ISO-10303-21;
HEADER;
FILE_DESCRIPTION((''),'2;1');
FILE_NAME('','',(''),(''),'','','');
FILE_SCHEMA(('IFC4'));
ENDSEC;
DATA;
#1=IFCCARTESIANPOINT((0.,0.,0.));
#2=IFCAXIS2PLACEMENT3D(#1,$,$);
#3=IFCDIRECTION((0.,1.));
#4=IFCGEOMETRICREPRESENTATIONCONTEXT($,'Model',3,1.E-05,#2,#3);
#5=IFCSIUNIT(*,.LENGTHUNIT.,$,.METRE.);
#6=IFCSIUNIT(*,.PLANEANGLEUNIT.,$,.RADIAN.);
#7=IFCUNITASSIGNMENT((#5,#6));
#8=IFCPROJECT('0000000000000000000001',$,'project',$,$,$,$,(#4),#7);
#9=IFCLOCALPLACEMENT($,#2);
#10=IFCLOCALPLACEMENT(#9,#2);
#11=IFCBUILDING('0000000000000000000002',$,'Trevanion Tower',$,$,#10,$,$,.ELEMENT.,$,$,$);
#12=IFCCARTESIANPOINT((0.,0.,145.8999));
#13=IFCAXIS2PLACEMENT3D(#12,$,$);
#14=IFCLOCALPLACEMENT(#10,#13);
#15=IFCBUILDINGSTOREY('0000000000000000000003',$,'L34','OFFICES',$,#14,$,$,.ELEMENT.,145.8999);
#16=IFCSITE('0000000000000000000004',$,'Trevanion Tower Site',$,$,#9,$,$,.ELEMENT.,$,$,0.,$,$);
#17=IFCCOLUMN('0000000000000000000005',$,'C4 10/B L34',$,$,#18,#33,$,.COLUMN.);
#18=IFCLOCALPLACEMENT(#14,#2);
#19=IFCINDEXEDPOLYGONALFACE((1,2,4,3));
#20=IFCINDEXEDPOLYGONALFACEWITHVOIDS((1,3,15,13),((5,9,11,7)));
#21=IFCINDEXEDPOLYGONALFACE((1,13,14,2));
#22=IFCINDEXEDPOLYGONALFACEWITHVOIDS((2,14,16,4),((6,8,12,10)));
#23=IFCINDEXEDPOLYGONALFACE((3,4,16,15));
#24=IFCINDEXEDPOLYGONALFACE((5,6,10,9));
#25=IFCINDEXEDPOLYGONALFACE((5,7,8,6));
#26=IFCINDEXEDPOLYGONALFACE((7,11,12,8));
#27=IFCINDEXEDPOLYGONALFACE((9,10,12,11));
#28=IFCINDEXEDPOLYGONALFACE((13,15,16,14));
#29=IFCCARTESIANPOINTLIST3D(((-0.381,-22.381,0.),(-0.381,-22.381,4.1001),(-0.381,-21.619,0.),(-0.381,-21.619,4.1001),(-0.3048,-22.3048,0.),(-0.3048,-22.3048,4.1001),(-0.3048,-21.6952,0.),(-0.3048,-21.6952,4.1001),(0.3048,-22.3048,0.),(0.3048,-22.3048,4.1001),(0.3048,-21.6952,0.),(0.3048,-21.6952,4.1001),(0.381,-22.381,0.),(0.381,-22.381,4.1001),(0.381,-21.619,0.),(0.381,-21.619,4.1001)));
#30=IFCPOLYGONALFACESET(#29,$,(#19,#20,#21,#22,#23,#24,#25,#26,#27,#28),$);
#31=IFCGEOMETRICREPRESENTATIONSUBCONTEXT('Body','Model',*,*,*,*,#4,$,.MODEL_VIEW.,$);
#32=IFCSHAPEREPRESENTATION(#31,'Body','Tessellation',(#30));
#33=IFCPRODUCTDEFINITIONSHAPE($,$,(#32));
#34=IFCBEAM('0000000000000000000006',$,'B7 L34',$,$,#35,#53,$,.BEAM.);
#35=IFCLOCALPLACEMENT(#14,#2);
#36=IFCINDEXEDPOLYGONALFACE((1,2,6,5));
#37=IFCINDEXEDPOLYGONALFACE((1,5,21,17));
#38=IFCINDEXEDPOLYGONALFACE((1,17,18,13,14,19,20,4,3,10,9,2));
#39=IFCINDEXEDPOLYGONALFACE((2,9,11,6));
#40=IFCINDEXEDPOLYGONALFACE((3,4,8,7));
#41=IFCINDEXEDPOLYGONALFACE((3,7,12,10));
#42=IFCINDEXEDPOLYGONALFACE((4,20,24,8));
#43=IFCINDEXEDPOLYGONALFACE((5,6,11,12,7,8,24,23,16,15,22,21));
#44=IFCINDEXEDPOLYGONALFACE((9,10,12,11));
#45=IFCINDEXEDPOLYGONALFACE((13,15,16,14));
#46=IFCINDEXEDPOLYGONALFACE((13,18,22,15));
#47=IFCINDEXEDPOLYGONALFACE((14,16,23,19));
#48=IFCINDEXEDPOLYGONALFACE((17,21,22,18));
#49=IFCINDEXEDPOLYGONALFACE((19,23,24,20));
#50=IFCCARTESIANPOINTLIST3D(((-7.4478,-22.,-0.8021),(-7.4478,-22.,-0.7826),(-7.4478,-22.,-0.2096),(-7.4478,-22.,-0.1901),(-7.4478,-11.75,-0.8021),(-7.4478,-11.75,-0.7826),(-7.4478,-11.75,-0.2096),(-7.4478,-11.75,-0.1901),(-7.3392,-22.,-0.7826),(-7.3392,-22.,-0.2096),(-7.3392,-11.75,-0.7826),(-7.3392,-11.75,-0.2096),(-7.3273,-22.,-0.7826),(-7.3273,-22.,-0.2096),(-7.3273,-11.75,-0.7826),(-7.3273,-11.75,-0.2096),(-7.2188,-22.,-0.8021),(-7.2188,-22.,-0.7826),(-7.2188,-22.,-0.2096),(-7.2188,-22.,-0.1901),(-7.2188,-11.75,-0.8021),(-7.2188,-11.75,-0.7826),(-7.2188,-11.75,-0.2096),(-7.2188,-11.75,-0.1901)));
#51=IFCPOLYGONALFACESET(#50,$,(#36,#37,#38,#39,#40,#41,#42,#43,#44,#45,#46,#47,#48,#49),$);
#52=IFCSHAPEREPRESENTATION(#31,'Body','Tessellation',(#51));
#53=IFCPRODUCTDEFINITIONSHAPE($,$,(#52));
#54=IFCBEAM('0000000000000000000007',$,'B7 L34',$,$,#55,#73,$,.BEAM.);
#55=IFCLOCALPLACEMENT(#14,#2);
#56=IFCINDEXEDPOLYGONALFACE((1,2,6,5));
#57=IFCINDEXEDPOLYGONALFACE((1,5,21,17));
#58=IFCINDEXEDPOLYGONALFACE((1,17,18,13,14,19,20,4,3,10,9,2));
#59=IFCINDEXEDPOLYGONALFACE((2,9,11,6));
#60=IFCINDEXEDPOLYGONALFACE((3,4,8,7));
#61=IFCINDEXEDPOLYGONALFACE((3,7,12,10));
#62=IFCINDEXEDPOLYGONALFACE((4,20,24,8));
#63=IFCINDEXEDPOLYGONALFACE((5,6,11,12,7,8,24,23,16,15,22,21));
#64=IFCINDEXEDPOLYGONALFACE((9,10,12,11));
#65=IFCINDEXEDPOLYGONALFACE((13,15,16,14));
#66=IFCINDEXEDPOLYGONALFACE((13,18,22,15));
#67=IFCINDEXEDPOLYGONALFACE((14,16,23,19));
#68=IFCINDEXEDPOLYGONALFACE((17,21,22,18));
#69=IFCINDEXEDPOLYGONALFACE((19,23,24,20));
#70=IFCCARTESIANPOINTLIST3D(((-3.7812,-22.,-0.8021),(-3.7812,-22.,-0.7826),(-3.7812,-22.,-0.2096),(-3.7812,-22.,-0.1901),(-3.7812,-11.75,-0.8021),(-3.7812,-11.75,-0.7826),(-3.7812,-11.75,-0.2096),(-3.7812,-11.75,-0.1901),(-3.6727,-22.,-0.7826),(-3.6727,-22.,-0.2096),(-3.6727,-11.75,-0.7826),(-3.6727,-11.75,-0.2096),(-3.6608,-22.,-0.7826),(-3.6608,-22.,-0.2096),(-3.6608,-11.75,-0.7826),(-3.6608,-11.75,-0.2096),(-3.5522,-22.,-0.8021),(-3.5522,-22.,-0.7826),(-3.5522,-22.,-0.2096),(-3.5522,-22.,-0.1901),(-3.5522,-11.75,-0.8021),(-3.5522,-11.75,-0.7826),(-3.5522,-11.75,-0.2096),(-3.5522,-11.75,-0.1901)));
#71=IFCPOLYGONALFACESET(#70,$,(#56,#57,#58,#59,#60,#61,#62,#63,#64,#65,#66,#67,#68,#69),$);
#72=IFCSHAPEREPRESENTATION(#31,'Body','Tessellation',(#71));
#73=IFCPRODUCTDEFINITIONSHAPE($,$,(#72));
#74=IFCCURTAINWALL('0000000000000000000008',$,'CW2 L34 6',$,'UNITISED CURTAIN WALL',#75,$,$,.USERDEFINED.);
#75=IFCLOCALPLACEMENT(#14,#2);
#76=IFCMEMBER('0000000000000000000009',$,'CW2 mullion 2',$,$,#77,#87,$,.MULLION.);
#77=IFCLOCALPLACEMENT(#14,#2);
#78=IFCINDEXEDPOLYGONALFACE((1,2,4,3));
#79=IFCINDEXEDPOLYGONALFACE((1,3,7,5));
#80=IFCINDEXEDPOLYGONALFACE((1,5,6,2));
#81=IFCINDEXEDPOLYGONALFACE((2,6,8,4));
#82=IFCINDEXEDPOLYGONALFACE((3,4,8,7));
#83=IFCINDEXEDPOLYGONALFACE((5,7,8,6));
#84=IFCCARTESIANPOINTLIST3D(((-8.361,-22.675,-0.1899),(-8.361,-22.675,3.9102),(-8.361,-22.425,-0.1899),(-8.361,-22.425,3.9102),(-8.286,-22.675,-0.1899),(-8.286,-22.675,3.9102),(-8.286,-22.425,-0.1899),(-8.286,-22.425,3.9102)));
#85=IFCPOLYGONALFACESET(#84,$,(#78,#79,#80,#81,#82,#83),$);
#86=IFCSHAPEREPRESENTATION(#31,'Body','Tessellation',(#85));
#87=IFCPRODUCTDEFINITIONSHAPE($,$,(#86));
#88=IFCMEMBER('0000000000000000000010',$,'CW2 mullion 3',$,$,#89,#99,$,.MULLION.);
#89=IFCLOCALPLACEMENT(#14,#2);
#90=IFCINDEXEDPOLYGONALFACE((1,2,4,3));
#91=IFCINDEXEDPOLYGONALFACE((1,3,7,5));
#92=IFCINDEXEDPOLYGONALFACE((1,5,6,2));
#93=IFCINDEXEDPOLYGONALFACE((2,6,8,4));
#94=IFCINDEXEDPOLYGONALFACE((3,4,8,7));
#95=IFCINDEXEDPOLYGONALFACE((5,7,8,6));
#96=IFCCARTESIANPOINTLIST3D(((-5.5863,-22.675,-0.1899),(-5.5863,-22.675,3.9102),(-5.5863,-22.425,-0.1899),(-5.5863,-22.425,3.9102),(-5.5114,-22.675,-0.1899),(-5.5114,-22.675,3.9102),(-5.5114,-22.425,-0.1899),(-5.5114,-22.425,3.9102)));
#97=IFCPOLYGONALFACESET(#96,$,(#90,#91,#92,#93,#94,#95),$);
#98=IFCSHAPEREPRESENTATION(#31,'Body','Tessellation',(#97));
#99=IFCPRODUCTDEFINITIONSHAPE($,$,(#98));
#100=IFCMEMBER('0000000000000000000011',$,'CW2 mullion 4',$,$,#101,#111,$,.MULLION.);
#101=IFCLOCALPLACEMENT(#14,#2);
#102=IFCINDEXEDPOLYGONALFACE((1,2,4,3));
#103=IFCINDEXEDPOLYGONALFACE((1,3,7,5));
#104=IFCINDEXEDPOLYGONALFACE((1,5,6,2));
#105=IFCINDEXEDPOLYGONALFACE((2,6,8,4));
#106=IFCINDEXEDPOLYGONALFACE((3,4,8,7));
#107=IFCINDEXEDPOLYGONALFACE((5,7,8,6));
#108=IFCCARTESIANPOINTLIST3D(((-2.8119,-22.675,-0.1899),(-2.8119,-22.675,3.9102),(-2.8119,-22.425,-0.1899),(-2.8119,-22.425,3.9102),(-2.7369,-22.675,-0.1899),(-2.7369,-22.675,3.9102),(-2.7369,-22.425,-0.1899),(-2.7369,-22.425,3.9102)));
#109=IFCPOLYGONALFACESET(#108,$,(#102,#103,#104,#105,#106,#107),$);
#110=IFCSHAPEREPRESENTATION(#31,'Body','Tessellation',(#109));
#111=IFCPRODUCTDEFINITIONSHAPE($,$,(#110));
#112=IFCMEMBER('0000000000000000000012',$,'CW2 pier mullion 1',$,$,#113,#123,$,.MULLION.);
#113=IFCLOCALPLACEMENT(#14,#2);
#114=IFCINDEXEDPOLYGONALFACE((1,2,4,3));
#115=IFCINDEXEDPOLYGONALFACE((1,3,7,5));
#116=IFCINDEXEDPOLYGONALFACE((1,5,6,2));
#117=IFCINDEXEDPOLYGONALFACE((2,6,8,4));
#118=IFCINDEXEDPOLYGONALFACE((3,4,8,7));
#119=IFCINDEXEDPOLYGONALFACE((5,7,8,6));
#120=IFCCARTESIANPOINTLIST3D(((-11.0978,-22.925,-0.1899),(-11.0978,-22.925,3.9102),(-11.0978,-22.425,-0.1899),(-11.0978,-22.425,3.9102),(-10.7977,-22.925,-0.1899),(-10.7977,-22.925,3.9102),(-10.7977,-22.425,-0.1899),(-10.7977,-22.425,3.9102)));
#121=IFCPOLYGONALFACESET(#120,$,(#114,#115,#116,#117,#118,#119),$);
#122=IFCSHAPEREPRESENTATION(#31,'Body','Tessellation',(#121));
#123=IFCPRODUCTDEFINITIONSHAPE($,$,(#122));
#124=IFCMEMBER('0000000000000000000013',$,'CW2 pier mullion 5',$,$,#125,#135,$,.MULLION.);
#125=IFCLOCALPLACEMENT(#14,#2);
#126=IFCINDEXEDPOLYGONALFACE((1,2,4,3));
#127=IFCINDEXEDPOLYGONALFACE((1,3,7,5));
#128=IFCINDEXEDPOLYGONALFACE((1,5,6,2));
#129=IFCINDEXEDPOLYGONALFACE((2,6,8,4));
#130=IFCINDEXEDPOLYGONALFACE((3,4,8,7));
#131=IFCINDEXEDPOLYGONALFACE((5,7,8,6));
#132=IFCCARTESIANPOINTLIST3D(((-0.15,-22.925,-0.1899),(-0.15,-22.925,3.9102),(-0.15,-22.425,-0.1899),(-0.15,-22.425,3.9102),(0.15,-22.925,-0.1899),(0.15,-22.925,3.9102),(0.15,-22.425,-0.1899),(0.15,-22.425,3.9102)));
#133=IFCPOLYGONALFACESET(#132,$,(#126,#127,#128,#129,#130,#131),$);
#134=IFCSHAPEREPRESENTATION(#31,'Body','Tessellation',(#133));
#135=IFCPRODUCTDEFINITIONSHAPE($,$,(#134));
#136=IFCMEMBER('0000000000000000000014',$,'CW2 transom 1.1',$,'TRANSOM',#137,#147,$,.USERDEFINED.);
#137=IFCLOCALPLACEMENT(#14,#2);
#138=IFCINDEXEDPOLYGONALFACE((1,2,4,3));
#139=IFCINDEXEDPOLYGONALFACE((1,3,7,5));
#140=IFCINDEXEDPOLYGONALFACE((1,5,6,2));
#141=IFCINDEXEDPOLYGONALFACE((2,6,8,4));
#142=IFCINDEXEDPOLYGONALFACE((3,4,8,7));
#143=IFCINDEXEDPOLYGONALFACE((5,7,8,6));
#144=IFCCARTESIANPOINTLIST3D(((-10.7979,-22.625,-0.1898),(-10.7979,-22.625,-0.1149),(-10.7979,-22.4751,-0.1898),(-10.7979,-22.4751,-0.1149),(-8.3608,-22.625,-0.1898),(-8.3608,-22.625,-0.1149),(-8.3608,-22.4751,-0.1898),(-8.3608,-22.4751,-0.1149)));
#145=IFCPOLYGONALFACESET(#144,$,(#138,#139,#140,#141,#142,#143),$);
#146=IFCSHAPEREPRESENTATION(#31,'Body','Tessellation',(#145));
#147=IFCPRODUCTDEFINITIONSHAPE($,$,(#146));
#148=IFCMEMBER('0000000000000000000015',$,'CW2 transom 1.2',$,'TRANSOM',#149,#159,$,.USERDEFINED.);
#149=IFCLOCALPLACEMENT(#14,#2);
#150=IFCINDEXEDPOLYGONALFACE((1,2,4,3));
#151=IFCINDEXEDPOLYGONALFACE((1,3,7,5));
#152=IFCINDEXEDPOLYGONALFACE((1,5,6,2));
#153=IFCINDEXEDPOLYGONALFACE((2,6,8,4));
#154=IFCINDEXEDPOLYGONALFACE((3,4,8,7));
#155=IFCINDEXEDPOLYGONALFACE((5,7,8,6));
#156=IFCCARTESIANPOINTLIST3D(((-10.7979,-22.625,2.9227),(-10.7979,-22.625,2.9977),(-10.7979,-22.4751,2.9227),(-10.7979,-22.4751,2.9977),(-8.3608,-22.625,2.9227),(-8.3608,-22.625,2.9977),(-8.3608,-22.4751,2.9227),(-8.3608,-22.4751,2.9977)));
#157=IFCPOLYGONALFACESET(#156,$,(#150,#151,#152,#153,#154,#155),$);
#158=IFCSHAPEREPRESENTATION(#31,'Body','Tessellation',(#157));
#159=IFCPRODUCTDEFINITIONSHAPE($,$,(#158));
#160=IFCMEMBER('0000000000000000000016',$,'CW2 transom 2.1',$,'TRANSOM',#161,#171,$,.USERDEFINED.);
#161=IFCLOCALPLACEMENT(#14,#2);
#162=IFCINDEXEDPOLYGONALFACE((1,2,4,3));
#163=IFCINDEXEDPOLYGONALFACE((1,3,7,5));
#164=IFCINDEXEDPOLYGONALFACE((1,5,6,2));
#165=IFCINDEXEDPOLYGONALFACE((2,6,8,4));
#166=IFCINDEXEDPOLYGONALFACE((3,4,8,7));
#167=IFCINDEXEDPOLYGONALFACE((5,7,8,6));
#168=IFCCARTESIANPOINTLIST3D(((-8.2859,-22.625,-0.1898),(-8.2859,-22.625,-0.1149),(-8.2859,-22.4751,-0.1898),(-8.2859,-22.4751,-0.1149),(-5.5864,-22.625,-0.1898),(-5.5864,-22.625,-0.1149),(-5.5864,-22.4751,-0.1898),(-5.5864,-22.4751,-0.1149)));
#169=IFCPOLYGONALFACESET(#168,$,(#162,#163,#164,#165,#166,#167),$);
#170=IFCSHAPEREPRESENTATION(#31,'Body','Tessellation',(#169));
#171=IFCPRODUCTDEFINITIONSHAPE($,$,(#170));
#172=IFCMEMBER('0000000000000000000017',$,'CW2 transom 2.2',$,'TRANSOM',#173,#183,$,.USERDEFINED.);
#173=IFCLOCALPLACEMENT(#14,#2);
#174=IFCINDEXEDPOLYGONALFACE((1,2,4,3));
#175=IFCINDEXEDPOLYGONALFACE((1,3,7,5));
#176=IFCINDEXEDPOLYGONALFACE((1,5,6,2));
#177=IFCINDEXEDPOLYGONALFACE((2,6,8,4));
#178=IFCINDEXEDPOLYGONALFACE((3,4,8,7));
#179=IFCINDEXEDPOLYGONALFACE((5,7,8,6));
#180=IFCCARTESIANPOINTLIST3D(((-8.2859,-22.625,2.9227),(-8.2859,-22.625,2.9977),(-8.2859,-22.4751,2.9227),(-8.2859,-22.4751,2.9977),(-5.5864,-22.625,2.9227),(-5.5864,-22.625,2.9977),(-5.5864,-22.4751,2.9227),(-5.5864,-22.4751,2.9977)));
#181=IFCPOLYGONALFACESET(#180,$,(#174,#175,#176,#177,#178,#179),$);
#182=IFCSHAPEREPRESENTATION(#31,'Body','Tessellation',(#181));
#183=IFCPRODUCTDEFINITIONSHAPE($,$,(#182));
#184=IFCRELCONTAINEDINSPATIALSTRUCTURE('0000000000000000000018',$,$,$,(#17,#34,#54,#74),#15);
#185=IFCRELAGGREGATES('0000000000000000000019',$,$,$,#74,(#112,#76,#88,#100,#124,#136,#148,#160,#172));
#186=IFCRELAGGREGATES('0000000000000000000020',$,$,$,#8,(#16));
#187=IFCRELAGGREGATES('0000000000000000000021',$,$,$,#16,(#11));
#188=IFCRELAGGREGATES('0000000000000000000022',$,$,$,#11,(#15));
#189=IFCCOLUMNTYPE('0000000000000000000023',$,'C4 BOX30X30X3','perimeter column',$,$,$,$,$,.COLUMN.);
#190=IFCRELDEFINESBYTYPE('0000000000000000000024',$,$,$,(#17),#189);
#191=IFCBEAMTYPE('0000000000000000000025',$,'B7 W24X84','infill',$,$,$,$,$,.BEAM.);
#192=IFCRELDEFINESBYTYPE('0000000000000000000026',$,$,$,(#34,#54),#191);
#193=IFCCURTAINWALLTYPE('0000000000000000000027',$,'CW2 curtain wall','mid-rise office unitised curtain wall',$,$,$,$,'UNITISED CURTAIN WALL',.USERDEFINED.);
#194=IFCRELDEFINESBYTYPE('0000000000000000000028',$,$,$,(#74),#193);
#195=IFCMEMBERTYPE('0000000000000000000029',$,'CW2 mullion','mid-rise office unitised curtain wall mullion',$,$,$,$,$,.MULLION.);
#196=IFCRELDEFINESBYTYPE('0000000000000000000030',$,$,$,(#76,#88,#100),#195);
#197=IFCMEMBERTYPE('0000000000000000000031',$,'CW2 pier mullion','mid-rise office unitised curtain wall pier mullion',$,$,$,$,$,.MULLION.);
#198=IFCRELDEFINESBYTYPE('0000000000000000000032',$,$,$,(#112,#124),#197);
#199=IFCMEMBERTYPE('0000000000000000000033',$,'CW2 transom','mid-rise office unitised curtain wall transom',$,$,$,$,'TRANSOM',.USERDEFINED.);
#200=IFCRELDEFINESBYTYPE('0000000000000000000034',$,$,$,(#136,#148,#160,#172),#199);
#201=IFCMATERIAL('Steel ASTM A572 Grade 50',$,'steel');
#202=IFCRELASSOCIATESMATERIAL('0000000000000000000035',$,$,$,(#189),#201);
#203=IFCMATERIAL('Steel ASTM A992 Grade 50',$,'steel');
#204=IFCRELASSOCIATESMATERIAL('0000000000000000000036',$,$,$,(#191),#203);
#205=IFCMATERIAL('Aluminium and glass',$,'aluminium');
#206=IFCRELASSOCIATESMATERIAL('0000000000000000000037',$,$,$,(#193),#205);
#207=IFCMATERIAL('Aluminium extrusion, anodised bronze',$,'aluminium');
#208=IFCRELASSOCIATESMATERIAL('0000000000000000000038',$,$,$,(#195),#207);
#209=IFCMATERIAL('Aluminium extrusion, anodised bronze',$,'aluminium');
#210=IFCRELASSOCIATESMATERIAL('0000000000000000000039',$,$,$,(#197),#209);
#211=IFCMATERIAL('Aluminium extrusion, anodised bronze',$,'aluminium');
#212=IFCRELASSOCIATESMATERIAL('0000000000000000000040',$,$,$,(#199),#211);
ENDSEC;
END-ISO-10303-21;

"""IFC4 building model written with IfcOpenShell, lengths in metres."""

from ifc_helpers import new_model, si_unit, direction, frame, origin, origin_2d, place, context, subcontext, project, spatial, rectangle, hollow_rectangle, i_section, extrude, material, material_profile, profile_set, type_object, element, aggregate, save


model = new_model("IFC4")

# Units and contexts
model_context = context("Model", 3, precision=1e-05, world=origin(), true_north=direction((0.0, 1.0)))
body_context = subcontext(model_context, "Body", "Model", "MODEL_VIEW")
ifc_project = project(units=[si_unit("LENGTHUNIT", "METRE"), si_unit("PLANEANGLEUNIT", "RADIAN")], contexts=[model_context])

# Site, building, storey
site_placement = place(None, origin())
site = spatial("IfcSite", under=ifc_project, at=site_placement, Name="Trevanion Tower Site", CompositionType="ELEMENT", RefElevation=0.0)
building_placement = place(site_placement, origin())
building = spatial("IfcBuilding", under=site, at=building_placement, Name="Trevanion Tower", CompositionType="ELEMENT")
storey_placement = place(building_placement, frame((0.0, 0.0, 145.8999)))
storey = spatial("IfcBuildingStorey", under=building, at=storey_placement, Name="L34", Description="OFFICES", CompositionType="ELEMENT", Elevation=145.8999)

# Column
ifc_material_1 = material(Name="Steel ASTM A572 Grade 50", Category="steel")
ifc_material_profile_1 = material_profile(ifc_material_1, hollow_rectangle(XDim=0.762, YDim=0.762, WallThickness=0.0762, at=origin_2d()), Name="BOX30X30X3")
ifc_profile_set_1 = profile_set([ifc_material_profile_1], Name="Steel ASTM A572 Grade 50")
column_type = type_object("IfcColumnType", Name="C4 BOX30X30X3", Description="perimeter column", PredefinedType="COLUMN", material=ifc_profile_set_1)
column_placement = place(storey_placement, frame((0.0, -22.0, 0.0), z_axis=(0.0, 0.0, 1.0), x_axis=(1.0, 0.0, 0.0)))
element("IfcColumn", 1, at=column_placement, inside=storey, type_object=column_type, Name="C4 10/B L34", PredefinedType="COLUMN", context=body_context, shape_type="SweptSolid", body=[
    extrude(hollow_rectangle(XDim=0.762, YDim=0.762, WallThickness=0.0762, at=origin_2d()), origin(), (0.0, 0.0, 1.0), 4.1001),
])

# Beams
ifc_material_2 = material(Name="Steel ASTM A992 Grade 50", Category="steel")
ifc_material_profile_2 = material_profile(ifc_material_2, i_section(OverallWidth=0.229, OverallDepth=0.6121, WebThickness=0.012, FlangeThickness=0.0195, at=origin_2d()), Name="W24X84")
ifc_profile_set_2 = profile_set([ifc_material_profile_2], Name="Steel ASTM A992 Grade 50")
beam_type_1 = type_object("IfcBeamType", Name="B7 W24X84", Description="infill", PredefinedType="BEAM", material=ifc_profile_set_2)
for number, where, z_axis, x_axis, name in (
    (2, (-7.3333, -11.75, -0.4961), (0.0, -1.0, 0.0), (1.0, 0.0, 0.0), "B7 L34"),
    (3, (-3.6667, -11.75, -0.4961), (0.0, -1.0, 0.0), (1.0, 0.0, 0.0), "B7 L34"),
):
    element("IfcBeam", number, at=place(storey_placement, frame(where, z_axis=z_axis, x_axis=x_axis)), inside=storey, type_object=beam_type_1, Name=name, PredefinedType="BEAM", context=body_context, shape_type="SweptSolid", body=[
        extrude(i_section(OverallWidth=0.229, OverallDepth=0.6121, WebThickness=0.012, FlangeThickness=0.0195, at=origin_2d()), origin(), (0.0, 0.0, 1.0), 10.25),
    ])

# Curtain wall, members
ifc_material_3 = material(Name="Aluminium and glass", Category="aluminium")
curtain_wall_type = type_object("IfcCurtainWallType", Name="CW2 curtain wall", Description="mid-rise office unitised curtain wall", ElementType="UNITISED CURTAIN WALL", PredefinedType="USERDEFINED", material=ifc_material_3)
curtain_wall_placement = place(storey_placement, origin())
curtain_wall = element("IfcCurtainWall", 4, at=curtain_wall_placement, inside=storey, type_object=curtain_wall_type, Name="CW2 L34 6", ObjectType="UNITISED CURTAIN WALL", PredefinedType="USERDEFINED")
ifc_material_4 = material(Name="Aluminium extrusion, anodised bronze", Category="aluminium")
ifc_material_profile_3 = material_profile(ifc_material_4, rectangle(XDim=0.075, YDim=0.25, at=origin_2d()), Name="CW2 mullion")
ifc_profile_set_3 = profile_set([ifc_material_profile_3], Name="Aluminium extrusion, anodised bronze")
member_type_1 = type_object("IfcMemberType", Name="CW2 mullion", Description="mid-rise office unitised curtain wall mullion", PredefinedType="MULLION", material=ifc_profile_set_3)
member_1_placement = place(storey_placement, frame((-8.3235, -22.55, -0.1899), z_axis=(0.0, 0.0, 1.0), x_axis=(1.0, 0.0, 0.0)))
member_1 = element("IfcMember", 5, at=member_1_placement, type_object=member_type_1, Name="CW2 mullion 2", PredefinedType="MULLION", context=body_context, shape_type="SweptSolid", body=[
    extrude(rectangle(XDim=0.075, YDim=0.25, at=origin_2d()), origin(), (0.0, 0.0, 1.0), 4.1001),
])
member_2_placement = place(storey_placement, frame((-5.5488, -22.55, -0.1899), z_axis=(0.0, 0.0, 1.0), x_axis=(1.0, 0.0, 0.0)))
member_2 = element("IfcMember", 6, at=member_2_placement, type_object=member_type_1, Name="CW2 mullion 3", PredefinedType="MULLION", context=body_context, shape_type="SweptSolid", body=[
    extrude(rectangle(XDim=0.075, YDim=0.25, at=origin_2d()), origin(), (0.0, 0.0, 1.0), 4.1001),
])
member_3_placement = place(storey_placement, frame((-2.7744, -22.55, -0.1899), z_axis=(0.0, 0.0, 1.0), x_axis=(1.0, 0.0, 0.0)))
member_3 = element("IfcMember", 7, at=member_3_placement, type_object=member_type_1, Name="CW2 mullion 4", PredefinedType="MULLION", context=body_context, shape_type="SweptSolid", body=[
    extrude(rectangle(XDim=0.075, YDim=0.25, at=origin_2d()), origin(), (0.0, 0.0, 1.0), 4.1001),
])
ifc_material_5 = material(Name="Aluminium extrusion, anodised bronze", Category="aluminium")
ifc_material_profile_4 = material_profile(ifc_material_5, rectangle(XDim=0.3, YDim=0.5, at=origin_2d()), Name="CW2 pier mullion")
ifc_profile_set_4 = profile_set([ifc_material_profile_4], Name="Aluminium extrusion, anodised bronze")
member_type_2 = type_object("IfcMemberType", Name="CW2 pier mullion", Description="mid-rise office unitised curtain wall pier mullion", PredefinedType="MULLION", material=ifc_profile_set_4)
member_4_placement = place(storey_placement, frame((-10.9478, -22.675, -0.1899), z_axis=(0.0, 0.0, 1.0), x_axis=(1.0, 0.0, 0.0)))
member_4 = element("IfcMember", 8, at=member_4_placement, type_object=member_type_2, Name="CW2 pier mullion 1", PredefinedType="MULLION", context=body_context, shape_type="SweptSolid", body=[
    extrude(rectangle(XDim=0.3, YDim=0.5, at=origin_2d()), origin(), (0.0, 0.0, 1.0), 4.1001),
])
member_5_placement = place(storey_placement, frame((0.0, -22.675, -0.1899), z_axis=(0.0, 0.0, 1.0), x_axis=(1.0, 0.0, 0.0)))
member_5 = element("IfcMember", 9, at=member_5_placement, type_object=member_type_2, Name="CW2 pier mullion 5", PredefinedType="MULLION", context=body_context, shape_type="SweptSolid", body=[
    extrude(rectangle(XDim=0.3, YDim=0.5, at=origin_2d()), origin(), (0.0, 0.0, 1.0), 4.1001),
])
ifc_material_6 = material(Name="Aluminium extrusion, anodised bronze", Category="aluminium")
ifc_material_profile_5 = material_profile(ifc_material_6, rectangle(XDim=0.1499, YDim=0.075, at=origin_2d()), Name="CW2 transom")
ifc_profile_set_5 = profile_set([ifc_material_profile_5], Name="Aluminium extrusion, anodised bronze")
member_type_3 = type_object("IfcMemberType", Name="CW2 transom", Description="mid-rise office unitised curtain wall transom", ElementType="TRANSOM", PredefinedType="USERDEFINED", material=ifc_profile_set_5)
member_6_placement = place(storey_placement, frame((-10.7979, -22.55, -0.1523), z_axis=(1.0, 0.0, 0.0), x_axis=(0.0, 1.0, 0.0)))
member_6 = element("IfcMember", 10, at=member_6_placement, type_object=member_type_3, Name="CW2 transom 1.1", ObjectType="TRANSOM", PredefinedType="USERDEFINED", context=body_context, shape_type="SweptSolid", body=[
    extrude(rectangle(XDim=0.1499, YDim=0.075, at=origin_2d()), origin(), (0.0, 0.0, 1.0), 2.437),
])
member_7_placement = place(storey_placement, frame((-10.7979, -22.55, 2.9602), z_axis=(1.0, 0.0, 0.0), x_axis=(0.0, 1.0, 0.0)))
member_7 = element("IfcMember", 11, at=member_7_placement, type_object=member_type_3, Name="CW2 transom 1.2", ObjectType="TRANSOM", PredefinedType="USERDEFINED", context=body_context, shape_type="SweptSolid", body=[
    extrude(rectangle(XDim=0.1499, YDim=0.075, at=origin_2d()), origin(), (0.0, 0.0, 1.0), 2.437),
])
member_8_placement = place(storey_placement, frame((-8.2859, -22.55, -0.1523), z_axis=(1.0, 0.0, 0.0), x_axis=(0.0, 1.0, 0.0)))
member_8 = element("IfcMember", 12, at=member_8_placement, type_object=member_type_3, Name="CW2 transom 2.1", ObjectType="TRANSOM", PredefinedType="USERDEFINED", context=body_context, shape_type="SweptSolid", body=[
    extrude(rectangle(XDim=0.1499, YDim=0.075, at=origin_2d()), origin(), (0.0, 0.0, 1.0), 2.6995),
])
member_9_placement = place(storey_placement, frame((-8.2859, -22.55, 2.9602), z_axis=(1.0, 0.0, 0.0), x_axis=(0.0, 1.0, 0.0)))
member_9 = element("IfcMember", 13, at=member_9_placement, type_object=member_type_3, Name="CW2 transom 2.2", ObjectType="TRANSOM", PredefinedType="USERDEFINED", context=body_context, shape_type="SweptSolid", body=[
    extrude(rectangle(XDim=0.1499, YDim=0.075, at=origin_2d()), origin(), (0.0, 0.0, 1.0), 2.6995),
])

aggregate(curtain_wall, [member_4, member_1, member_2, member_3, member_5, member_6, member_7, member_8, member_9])

save(model, "model.ifc")
